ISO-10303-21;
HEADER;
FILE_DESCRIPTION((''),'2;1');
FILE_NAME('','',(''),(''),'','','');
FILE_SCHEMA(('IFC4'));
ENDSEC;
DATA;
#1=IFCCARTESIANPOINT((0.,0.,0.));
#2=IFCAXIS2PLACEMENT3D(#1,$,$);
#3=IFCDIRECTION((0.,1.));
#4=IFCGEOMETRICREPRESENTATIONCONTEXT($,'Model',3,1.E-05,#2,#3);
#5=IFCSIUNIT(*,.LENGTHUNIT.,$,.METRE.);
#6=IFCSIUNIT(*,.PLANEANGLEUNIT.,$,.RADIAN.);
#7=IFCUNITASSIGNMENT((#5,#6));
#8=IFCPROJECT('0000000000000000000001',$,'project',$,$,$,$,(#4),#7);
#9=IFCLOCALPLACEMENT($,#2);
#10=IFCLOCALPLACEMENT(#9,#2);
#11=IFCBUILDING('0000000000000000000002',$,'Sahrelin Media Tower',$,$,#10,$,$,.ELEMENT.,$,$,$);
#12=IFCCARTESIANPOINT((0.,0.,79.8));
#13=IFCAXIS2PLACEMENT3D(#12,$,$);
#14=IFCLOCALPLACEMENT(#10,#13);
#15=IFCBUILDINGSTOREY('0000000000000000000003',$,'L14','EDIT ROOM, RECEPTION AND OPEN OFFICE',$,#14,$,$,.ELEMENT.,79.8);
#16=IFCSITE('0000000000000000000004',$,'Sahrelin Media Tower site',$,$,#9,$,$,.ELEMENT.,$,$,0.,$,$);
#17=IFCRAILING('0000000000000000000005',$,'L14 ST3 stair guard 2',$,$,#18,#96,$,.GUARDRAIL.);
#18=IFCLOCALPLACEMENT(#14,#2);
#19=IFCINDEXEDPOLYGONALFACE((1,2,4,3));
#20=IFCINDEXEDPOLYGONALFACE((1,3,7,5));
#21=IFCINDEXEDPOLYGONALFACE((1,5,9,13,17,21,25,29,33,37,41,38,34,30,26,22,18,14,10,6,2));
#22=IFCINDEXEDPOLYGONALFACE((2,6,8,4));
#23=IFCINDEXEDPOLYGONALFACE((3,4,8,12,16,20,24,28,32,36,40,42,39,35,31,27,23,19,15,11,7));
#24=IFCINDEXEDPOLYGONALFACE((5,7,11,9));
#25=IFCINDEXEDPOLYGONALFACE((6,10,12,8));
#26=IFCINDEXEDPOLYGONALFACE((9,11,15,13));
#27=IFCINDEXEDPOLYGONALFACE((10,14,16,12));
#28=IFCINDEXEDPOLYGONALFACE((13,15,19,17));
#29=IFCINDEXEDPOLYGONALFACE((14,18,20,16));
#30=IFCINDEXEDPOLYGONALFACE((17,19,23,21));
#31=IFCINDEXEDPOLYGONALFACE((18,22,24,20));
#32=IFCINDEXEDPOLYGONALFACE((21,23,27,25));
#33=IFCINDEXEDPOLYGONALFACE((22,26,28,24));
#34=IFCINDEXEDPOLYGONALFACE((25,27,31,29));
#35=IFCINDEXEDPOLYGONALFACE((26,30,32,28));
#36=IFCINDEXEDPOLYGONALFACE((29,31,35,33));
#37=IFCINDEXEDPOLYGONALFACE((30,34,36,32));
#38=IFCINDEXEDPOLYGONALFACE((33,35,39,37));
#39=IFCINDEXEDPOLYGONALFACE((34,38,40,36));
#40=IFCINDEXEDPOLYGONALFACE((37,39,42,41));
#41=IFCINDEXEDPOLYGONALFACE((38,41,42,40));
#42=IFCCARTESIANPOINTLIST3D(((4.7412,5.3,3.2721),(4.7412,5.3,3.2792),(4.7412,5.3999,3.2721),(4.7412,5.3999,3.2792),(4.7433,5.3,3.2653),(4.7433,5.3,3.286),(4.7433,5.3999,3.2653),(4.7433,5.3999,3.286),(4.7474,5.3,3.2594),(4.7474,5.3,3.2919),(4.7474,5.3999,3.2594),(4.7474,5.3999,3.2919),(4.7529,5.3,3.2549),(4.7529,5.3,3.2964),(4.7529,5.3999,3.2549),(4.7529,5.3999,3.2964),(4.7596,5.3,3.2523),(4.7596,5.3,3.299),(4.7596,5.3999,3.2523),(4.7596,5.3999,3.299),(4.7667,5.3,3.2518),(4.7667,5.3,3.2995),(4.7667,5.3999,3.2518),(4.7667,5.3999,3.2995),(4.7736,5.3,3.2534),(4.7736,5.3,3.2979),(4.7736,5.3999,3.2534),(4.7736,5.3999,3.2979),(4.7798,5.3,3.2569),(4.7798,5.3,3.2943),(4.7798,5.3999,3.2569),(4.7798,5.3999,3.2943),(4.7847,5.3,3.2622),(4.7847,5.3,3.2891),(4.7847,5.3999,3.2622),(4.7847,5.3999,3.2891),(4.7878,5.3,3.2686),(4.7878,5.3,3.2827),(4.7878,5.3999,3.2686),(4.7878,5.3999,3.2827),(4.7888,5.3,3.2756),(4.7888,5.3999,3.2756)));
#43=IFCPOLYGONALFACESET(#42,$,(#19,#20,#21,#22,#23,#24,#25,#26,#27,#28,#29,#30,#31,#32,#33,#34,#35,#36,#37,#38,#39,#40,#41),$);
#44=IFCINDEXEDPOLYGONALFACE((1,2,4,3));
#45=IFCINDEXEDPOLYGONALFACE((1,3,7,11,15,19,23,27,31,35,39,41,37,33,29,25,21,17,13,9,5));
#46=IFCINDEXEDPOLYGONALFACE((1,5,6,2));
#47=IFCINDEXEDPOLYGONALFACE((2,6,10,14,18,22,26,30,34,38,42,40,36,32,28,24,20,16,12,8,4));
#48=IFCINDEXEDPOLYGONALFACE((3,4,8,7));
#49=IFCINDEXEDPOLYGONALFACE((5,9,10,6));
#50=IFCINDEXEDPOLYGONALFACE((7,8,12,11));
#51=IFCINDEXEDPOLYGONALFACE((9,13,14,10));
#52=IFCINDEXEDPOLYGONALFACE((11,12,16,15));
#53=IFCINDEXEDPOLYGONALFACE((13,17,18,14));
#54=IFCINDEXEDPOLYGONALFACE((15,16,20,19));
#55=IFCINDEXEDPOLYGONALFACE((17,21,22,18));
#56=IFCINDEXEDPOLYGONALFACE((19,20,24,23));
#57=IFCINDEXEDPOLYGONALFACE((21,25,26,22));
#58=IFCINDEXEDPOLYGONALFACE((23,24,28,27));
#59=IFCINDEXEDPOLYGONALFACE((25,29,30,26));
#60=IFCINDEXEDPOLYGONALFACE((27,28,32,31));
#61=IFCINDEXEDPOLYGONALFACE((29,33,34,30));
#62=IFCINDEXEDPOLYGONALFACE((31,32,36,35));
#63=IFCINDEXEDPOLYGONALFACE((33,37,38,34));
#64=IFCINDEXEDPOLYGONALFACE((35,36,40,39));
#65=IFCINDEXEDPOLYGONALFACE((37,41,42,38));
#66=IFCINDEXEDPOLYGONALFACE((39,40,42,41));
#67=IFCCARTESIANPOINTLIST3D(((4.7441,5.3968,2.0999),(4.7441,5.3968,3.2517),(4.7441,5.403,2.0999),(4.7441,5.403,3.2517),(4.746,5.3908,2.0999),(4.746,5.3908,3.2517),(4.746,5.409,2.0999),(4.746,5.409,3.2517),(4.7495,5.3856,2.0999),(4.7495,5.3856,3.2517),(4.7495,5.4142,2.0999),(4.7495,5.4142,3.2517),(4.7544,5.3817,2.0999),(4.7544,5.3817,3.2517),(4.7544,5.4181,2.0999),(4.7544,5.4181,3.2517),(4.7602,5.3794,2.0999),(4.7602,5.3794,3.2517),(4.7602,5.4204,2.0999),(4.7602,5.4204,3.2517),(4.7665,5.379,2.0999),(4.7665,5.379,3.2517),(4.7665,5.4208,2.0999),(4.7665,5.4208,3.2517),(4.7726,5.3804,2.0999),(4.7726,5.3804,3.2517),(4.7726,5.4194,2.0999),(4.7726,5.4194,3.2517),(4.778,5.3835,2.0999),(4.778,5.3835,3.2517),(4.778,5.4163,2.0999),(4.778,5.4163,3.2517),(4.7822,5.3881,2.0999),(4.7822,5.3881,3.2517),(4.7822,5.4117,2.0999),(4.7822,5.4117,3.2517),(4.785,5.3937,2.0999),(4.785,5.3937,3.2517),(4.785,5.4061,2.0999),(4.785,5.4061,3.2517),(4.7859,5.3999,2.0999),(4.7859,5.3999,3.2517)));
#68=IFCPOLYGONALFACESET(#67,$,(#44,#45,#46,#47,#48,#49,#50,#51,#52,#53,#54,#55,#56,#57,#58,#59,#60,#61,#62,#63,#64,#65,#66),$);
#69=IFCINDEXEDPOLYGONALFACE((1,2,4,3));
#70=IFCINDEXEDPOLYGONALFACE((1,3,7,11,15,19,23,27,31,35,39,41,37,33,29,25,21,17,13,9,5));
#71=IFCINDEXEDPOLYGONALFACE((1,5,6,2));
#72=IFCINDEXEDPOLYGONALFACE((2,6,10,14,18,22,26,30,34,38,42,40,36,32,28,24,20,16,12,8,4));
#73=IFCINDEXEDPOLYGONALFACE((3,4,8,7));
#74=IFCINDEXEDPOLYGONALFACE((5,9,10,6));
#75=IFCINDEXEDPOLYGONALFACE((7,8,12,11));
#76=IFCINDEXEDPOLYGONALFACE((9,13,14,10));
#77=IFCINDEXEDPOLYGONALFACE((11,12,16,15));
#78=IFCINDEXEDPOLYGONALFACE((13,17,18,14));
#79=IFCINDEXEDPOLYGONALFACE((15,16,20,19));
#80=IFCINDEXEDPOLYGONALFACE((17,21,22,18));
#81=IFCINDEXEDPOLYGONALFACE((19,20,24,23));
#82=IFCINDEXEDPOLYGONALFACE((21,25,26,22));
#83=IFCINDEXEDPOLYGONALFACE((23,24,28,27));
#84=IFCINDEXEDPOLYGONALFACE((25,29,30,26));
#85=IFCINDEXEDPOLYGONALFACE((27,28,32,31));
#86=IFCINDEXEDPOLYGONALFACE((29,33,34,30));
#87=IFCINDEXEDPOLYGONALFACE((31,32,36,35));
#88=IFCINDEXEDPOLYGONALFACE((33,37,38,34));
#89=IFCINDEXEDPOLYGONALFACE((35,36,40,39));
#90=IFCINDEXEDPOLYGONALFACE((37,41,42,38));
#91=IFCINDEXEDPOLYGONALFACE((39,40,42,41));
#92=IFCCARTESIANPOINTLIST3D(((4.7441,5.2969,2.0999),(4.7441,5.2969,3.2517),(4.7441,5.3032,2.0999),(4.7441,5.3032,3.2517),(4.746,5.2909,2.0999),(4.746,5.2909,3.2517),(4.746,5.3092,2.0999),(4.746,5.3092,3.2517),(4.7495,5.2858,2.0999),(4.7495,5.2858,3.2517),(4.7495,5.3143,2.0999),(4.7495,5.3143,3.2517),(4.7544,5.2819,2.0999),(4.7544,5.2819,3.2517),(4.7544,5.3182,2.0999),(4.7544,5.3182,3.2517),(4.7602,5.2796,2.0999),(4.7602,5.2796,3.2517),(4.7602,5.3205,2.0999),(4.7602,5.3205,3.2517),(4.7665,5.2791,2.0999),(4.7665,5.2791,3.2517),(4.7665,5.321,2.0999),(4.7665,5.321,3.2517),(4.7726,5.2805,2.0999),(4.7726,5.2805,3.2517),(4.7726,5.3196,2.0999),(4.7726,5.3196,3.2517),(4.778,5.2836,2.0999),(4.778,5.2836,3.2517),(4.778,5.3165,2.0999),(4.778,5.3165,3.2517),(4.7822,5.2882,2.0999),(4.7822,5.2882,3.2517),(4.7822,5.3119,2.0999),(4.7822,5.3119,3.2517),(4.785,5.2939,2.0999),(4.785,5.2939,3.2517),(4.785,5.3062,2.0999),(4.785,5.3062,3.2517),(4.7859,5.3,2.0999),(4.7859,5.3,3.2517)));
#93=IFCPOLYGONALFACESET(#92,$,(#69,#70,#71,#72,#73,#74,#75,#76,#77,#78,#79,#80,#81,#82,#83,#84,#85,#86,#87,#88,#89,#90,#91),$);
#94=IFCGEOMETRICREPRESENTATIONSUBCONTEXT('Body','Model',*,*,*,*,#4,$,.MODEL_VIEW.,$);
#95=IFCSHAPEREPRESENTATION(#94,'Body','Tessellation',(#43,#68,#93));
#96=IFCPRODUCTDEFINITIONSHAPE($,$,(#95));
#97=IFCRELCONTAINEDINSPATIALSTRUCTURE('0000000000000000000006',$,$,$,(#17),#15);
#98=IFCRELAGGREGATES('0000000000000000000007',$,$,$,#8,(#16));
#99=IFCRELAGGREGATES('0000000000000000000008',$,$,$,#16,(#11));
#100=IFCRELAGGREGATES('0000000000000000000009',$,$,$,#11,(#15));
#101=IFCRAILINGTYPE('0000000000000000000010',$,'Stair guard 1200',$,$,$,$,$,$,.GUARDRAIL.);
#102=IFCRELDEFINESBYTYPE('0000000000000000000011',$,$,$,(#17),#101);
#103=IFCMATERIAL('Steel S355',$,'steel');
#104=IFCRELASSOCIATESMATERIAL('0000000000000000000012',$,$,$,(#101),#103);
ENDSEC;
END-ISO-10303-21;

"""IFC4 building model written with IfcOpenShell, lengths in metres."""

from ifc_helpers import new_model, si_unit, direction, frame, origin, origin_2d, place, context, subcontext, project, spatial, circle, extrude, material, type_object, element, save


model = new_model("IFC4")

# Units and contexts
model_context = context("Model", 3, precision=1e-05, world=origin(), true_north=direction((0.0, 1.0)))
body_context = subcontext(model_context, "Body", "Model", "MODEL_VIEW")
ifc_project = project(units=[si_unit("LENGTHUNIT", "METRE"), si_unit("PLANEANGLEUNIT", "RADIAN")], contexts=[model_context])

# Site, building, storey
site_placement = place(None, origin())
site = spatial("IfcSite", under=ifc_project, at=site_placement, Name="Sahrelin Media Tower site", CompositionType="ELEMENT", RefElevation=0.0)
building_placement = place(site_placement, origin())
building = spatial("IfcBuilding", under=site, at=building_placement, Name="Sahrelin Media Tower", CompositionType="ELEMENT")
storey_placement = place(building_placement, frame((0.0, 0.0, 79.8)))
storey = spatial("IfcBuildingStorey", under=building, at=storey_placement, Name="L14", Description="EDIT ROOM, RECEPTION AND OPEN OFFICE", CompositionType="ELEMENT", Elevation=79.8)

# Shared definitions
ifc_material_1 = material(Name="Steel S355", Category="steel")

# Railing
railing_type_1 = type_object("IfcRailingType", Name="Stair guard 1200", PredefinedType="GUARDRAIL", material=ifc_material_1)
railing_1_placement = place(storey_placement, frame((4.7649, 5.3999, 2.0999)))
element("IfcRailing", 1, at=railing_1_placement, inside=storey, type_object=railing_type_1, Name="L14 ST3 stair guard 2", PredefinedType="GUARDRAIL", context=body_context, shape_type="SweptSolid", body=[
    extrude(circle(Radius=0.0239, at=origin_2d()), frame((0.0, 0.0, 1.1758), z_axis=(0.0, -1.0, 0.0), x_axis=(1.0, 0.0, 0.0)), (0.0, 0.0, 1.0), 0.0999),
    extrude(circle(Radius=0.021, at=origin_2d()), origin(), (0.0, 0.0, 1.0), 1.1519),
    extrude(circle(Radius=0.021, at=origin_2d()), frame((0.0, -0.0999, 0.0)), (0.0, 0.0, 1.0), 1.1519),
])

save(model, "model.ifc")
